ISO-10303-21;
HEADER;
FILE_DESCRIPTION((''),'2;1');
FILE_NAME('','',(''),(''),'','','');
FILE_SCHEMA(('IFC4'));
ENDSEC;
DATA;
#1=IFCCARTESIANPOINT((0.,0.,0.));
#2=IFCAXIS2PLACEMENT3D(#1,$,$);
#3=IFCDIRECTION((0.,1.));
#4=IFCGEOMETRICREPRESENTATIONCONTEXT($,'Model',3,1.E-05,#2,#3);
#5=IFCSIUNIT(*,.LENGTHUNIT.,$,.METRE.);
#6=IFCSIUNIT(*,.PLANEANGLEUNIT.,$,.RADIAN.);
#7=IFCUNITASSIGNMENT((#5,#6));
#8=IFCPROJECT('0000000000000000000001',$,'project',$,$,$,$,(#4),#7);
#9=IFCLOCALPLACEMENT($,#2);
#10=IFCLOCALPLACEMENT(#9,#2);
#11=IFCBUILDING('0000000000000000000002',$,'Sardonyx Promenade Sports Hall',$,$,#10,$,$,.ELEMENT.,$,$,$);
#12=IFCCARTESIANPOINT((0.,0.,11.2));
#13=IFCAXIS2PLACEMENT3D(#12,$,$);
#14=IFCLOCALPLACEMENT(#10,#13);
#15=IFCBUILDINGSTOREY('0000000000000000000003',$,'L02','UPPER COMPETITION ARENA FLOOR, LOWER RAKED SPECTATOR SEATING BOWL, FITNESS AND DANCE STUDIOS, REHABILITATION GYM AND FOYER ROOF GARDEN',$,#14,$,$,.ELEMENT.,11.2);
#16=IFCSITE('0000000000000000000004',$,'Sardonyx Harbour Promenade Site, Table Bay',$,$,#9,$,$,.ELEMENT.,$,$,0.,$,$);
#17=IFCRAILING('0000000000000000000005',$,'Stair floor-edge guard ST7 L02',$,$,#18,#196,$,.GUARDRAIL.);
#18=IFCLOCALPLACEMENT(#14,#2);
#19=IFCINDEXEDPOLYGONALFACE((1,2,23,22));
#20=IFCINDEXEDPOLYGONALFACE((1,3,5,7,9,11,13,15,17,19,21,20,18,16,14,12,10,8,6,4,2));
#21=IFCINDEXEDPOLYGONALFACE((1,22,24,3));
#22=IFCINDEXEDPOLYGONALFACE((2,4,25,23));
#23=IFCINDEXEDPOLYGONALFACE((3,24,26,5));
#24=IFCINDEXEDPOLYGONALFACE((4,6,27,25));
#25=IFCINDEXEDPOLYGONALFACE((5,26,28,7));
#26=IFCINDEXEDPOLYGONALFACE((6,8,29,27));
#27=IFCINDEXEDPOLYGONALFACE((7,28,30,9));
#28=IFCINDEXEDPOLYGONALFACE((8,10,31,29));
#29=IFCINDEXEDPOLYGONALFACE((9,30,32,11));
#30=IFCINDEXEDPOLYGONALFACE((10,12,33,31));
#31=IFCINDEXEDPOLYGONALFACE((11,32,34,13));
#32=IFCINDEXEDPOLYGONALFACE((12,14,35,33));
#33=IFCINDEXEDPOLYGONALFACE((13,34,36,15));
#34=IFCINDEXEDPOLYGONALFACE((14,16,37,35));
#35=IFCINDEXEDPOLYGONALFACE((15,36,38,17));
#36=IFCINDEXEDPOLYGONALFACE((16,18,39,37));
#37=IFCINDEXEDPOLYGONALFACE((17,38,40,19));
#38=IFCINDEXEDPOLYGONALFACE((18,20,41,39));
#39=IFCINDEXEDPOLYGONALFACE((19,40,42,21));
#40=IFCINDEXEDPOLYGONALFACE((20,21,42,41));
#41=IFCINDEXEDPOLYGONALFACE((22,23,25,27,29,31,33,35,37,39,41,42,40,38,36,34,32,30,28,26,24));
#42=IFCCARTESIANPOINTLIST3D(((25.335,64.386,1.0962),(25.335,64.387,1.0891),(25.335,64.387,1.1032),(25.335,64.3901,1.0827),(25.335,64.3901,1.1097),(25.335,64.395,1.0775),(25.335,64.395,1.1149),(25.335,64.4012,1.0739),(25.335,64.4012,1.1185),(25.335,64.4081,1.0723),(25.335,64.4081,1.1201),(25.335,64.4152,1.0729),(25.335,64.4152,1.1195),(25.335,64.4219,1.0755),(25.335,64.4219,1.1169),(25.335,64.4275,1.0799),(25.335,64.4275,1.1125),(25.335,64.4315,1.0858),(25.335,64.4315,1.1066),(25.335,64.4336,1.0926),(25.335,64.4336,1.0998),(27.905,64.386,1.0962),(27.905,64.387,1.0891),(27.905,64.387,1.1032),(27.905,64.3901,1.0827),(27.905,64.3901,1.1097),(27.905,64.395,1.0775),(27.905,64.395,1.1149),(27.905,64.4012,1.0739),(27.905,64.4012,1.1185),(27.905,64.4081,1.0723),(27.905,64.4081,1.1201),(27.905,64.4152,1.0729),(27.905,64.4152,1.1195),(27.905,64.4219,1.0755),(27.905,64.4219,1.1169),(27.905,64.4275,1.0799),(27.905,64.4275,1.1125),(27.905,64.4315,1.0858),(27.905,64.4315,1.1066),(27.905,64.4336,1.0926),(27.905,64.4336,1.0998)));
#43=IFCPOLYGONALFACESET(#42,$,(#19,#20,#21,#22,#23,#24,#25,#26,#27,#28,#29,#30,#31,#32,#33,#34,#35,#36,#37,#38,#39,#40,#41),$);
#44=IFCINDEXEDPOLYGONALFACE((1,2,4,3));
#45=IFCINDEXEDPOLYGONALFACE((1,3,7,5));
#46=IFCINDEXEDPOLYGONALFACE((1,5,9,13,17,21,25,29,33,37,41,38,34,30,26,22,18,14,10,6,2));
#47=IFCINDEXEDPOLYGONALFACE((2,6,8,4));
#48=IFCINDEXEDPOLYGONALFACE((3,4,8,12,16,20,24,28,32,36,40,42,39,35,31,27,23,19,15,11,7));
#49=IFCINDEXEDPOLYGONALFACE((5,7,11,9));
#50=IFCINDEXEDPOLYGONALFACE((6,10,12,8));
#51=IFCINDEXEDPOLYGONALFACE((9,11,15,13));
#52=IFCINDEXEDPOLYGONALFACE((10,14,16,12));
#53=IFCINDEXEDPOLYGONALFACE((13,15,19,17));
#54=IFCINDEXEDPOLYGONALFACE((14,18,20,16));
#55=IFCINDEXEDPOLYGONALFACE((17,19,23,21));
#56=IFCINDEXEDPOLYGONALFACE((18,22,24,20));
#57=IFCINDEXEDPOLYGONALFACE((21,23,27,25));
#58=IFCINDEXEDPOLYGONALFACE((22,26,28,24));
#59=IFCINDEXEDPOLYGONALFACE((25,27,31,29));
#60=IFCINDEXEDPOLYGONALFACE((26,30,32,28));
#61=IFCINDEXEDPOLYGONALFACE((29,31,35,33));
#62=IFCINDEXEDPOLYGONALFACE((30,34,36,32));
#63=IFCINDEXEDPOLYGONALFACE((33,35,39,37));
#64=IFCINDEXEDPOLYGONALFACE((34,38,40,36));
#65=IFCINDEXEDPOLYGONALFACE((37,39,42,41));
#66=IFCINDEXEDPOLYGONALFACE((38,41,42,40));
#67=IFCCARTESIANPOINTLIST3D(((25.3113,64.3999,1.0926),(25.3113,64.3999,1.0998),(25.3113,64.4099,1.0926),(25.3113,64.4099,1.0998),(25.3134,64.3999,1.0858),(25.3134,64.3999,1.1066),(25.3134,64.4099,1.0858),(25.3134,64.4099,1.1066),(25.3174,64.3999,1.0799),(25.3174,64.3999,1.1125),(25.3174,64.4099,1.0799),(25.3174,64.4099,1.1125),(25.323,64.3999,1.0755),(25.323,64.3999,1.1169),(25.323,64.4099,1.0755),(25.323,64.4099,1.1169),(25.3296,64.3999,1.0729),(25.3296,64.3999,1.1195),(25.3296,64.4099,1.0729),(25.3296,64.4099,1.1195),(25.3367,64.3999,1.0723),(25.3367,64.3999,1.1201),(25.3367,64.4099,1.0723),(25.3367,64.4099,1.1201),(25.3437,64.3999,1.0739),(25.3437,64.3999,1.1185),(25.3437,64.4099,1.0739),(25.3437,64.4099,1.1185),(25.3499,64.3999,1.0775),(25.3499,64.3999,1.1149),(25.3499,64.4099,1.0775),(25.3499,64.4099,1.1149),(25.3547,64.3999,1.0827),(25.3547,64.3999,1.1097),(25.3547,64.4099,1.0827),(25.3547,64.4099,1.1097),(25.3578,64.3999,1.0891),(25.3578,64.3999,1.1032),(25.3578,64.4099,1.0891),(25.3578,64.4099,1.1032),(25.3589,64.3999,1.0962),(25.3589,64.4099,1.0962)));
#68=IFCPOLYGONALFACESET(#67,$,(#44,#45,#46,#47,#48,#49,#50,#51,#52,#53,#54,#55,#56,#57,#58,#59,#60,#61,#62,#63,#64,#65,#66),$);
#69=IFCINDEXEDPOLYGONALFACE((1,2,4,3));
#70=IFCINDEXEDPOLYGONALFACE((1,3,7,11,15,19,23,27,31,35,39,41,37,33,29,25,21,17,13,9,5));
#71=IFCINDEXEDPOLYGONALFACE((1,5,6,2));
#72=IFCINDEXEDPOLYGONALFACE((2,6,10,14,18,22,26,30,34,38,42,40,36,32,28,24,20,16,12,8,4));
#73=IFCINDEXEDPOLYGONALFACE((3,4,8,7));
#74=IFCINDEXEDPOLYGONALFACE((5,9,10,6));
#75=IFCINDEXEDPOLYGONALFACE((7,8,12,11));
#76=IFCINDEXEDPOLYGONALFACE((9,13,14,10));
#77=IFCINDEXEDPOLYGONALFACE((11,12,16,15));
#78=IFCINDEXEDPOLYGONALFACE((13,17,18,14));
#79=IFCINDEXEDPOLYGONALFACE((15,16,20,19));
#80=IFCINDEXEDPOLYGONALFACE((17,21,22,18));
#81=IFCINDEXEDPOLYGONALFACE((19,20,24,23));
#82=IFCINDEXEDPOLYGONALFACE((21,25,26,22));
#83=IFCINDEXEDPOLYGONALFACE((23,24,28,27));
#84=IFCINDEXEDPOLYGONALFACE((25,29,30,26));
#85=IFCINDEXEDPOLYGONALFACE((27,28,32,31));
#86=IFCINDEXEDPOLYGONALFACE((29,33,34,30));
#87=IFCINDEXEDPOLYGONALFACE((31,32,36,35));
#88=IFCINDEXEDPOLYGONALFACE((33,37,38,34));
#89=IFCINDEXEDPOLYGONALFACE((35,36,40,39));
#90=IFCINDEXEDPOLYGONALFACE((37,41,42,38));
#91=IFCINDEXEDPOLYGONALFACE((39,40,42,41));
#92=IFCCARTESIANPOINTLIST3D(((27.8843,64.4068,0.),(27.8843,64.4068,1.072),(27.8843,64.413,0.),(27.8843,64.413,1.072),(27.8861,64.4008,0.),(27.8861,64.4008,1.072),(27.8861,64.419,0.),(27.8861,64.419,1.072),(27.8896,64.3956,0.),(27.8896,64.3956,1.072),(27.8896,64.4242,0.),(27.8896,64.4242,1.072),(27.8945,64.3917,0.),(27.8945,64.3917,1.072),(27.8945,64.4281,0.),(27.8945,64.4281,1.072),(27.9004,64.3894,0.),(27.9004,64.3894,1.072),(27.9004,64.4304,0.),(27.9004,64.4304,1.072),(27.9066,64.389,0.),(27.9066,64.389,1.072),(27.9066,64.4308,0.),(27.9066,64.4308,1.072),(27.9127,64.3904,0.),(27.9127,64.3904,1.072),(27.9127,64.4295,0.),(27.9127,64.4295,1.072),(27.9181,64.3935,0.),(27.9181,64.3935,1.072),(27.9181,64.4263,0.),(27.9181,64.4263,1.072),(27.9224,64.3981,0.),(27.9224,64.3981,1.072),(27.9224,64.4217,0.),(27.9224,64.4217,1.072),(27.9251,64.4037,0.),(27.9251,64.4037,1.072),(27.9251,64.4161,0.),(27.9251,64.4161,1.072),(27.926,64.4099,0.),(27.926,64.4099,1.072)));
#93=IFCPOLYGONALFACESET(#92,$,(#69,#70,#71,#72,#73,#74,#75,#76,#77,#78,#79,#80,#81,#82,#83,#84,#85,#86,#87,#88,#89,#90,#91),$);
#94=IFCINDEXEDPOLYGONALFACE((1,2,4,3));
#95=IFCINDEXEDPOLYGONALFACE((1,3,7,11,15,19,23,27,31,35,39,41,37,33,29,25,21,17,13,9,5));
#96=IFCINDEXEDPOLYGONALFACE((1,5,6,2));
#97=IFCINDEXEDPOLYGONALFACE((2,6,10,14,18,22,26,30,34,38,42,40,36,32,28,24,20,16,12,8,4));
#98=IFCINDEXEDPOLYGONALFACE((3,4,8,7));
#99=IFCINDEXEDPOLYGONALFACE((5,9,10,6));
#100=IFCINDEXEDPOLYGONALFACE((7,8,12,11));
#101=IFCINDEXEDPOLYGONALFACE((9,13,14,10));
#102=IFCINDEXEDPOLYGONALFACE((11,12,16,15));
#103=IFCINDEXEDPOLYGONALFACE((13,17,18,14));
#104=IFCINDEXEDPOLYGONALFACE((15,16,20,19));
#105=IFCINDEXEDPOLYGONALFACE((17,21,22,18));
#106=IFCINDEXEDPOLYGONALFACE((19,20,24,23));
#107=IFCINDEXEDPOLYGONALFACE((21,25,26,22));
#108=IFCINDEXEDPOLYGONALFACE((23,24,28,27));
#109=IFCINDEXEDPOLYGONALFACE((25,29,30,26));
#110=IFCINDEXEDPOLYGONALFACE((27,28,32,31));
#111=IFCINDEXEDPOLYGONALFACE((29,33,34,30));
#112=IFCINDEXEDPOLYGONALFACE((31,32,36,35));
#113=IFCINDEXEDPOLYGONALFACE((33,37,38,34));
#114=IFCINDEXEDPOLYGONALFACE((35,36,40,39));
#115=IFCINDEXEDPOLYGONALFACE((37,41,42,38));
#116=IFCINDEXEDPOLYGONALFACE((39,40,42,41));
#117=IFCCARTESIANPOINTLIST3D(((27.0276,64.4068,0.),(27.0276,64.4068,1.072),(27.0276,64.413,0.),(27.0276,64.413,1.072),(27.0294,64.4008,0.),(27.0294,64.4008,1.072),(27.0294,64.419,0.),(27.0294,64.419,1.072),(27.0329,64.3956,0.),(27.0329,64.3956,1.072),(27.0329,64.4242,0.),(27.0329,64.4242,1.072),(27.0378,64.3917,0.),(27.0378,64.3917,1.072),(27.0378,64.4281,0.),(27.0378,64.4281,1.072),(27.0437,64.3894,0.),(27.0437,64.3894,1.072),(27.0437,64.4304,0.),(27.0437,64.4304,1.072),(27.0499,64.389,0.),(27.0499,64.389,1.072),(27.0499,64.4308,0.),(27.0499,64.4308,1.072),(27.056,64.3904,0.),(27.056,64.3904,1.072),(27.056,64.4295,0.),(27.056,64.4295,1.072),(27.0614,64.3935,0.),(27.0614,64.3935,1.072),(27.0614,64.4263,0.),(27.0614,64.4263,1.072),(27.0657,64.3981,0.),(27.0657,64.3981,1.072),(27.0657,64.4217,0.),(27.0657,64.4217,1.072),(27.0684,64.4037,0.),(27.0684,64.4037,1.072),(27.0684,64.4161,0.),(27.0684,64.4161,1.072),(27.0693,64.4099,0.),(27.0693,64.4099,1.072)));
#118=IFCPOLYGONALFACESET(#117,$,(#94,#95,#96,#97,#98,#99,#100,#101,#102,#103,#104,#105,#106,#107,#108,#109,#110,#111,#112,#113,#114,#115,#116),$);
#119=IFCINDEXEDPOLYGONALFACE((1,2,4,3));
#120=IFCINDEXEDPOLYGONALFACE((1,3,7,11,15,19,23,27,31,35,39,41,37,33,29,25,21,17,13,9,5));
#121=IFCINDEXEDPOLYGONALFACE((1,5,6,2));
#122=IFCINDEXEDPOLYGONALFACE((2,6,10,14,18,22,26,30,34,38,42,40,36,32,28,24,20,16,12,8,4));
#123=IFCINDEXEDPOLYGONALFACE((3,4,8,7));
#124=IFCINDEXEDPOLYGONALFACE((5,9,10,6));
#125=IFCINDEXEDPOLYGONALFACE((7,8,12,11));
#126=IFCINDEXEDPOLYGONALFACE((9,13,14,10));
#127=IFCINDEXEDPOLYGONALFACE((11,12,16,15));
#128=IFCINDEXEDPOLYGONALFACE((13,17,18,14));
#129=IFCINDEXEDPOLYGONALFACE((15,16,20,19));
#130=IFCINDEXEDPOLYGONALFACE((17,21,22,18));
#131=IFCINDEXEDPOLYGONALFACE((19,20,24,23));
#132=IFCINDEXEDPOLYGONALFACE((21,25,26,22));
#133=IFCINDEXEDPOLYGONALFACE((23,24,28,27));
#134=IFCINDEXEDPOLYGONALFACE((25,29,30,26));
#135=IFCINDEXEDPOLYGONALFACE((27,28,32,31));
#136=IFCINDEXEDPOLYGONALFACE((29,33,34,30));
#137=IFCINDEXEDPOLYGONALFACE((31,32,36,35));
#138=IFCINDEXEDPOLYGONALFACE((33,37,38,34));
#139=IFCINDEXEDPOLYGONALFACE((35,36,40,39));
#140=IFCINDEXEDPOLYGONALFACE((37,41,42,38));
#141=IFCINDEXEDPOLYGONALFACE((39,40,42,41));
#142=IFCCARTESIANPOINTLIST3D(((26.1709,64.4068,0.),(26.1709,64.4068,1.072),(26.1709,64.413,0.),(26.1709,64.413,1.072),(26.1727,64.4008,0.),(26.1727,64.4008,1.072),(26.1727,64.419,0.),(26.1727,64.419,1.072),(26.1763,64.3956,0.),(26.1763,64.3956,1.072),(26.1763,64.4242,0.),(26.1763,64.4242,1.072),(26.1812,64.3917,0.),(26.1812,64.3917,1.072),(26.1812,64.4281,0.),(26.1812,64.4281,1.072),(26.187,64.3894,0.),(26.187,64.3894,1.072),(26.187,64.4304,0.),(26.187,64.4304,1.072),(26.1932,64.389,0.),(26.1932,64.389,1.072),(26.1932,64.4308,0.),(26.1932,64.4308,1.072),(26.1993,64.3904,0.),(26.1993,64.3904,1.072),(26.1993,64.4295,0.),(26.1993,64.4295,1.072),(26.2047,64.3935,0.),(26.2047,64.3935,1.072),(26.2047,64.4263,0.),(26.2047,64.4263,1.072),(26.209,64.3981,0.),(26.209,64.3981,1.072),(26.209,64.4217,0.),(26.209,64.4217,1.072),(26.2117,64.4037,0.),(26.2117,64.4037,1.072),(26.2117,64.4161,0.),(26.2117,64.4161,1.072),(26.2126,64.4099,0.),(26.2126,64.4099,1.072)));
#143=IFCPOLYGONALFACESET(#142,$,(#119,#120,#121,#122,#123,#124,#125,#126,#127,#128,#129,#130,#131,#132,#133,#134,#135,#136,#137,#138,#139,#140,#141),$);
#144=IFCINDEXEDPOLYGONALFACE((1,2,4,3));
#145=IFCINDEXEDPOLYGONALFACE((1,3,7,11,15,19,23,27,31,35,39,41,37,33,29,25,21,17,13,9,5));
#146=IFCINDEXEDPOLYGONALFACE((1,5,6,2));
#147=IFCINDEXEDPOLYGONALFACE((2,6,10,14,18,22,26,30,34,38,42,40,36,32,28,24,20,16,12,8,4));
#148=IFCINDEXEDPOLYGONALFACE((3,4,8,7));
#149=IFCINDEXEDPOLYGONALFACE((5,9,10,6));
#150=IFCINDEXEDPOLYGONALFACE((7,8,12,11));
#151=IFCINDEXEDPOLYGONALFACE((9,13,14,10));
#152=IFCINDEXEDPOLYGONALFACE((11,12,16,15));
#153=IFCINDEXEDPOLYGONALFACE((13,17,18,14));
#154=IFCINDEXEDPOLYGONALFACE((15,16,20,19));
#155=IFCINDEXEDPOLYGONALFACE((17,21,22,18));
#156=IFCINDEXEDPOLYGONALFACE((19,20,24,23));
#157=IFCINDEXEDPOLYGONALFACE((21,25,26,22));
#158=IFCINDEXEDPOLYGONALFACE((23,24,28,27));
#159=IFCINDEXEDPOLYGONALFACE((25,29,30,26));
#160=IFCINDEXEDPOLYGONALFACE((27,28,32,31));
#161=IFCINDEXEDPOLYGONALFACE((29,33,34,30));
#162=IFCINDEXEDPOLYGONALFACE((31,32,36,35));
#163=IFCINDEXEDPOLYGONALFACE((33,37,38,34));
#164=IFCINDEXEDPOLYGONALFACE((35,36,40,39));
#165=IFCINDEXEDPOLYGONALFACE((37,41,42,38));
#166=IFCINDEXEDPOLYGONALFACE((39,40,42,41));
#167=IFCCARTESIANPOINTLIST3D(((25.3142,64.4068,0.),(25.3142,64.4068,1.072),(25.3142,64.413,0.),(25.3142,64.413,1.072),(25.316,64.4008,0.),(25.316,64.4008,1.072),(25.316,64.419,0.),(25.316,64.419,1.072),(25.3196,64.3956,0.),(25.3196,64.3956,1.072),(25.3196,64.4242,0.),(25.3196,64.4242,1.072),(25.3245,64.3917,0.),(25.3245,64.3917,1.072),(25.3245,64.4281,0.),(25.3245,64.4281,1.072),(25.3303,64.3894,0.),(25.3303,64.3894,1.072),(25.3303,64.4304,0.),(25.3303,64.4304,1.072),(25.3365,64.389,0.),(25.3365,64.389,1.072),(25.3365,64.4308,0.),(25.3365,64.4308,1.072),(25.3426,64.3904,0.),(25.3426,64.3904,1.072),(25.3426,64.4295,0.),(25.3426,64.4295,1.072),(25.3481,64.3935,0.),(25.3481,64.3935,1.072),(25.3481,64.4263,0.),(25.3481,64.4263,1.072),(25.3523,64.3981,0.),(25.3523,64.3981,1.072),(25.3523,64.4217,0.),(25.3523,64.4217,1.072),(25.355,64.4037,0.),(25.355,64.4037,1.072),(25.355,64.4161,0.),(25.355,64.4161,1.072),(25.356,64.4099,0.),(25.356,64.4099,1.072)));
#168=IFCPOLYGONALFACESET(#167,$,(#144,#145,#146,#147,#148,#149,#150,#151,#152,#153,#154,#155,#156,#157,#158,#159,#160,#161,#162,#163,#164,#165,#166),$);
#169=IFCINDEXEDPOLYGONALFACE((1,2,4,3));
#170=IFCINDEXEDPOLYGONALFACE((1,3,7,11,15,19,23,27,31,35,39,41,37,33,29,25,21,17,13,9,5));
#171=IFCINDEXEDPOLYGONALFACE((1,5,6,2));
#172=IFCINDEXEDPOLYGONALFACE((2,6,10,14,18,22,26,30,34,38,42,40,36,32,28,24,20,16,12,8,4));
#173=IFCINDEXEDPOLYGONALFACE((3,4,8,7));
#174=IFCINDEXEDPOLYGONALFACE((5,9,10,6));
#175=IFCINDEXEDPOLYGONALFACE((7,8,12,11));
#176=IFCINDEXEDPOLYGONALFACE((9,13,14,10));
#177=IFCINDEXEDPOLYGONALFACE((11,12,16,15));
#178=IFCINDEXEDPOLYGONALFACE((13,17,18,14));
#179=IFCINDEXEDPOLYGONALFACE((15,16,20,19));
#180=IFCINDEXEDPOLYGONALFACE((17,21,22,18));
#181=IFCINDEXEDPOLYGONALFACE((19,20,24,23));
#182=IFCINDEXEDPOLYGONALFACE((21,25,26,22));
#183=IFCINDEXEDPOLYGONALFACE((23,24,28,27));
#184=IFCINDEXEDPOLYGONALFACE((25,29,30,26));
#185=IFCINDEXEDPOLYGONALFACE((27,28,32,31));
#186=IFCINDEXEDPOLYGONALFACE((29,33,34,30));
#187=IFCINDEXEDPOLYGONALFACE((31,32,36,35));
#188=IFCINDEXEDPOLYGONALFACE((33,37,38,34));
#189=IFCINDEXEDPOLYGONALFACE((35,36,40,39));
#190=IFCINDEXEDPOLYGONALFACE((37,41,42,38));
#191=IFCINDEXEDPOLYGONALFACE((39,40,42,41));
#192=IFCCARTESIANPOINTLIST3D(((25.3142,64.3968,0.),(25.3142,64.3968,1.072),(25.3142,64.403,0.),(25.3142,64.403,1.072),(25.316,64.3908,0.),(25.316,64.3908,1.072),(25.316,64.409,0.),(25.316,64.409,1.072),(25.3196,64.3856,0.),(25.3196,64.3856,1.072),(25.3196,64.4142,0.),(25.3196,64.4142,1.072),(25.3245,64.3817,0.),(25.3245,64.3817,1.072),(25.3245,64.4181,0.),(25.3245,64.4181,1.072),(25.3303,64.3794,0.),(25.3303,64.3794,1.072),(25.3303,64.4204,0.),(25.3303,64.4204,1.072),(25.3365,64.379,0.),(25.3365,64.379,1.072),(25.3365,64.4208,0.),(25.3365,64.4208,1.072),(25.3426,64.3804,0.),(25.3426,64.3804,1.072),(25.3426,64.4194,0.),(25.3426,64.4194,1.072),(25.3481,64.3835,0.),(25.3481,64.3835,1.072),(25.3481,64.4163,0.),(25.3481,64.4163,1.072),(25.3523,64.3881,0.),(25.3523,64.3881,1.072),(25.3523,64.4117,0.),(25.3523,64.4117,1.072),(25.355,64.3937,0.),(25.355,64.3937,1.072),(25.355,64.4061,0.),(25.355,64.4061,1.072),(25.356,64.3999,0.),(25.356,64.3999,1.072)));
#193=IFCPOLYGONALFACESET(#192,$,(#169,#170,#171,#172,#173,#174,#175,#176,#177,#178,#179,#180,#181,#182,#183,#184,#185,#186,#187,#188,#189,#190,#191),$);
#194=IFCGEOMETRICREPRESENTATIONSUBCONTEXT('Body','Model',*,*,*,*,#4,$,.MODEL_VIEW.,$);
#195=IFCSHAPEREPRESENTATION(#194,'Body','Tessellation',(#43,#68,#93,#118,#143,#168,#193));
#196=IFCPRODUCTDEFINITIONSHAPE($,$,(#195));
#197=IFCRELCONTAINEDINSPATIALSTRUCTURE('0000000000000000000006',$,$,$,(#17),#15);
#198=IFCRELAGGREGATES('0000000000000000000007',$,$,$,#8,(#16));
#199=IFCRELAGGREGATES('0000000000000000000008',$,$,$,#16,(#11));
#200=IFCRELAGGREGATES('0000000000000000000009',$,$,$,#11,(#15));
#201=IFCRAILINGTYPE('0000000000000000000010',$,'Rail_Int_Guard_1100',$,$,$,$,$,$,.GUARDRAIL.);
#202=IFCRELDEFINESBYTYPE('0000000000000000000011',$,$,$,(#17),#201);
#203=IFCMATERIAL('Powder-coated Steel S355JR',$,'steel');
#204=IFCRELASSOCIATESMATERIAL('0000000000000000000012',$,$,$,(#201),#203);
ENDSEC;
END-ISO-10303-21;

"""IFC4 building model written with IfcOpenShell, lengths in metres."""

from ifc_helpers import new_model, si_unit, direction, frame, origin, origin_2d, place, context, subcontext, project, spatial, circle, extrude, material, type_object, element, save


model = new_model("IFC4")

# Units and contexts
model_context = context("Model", 3, precision=1e-05, world=origin(), true_north=direction((0.0, 1.0)))
body_context = subcontext(model_context, "Body", "Model", "MODEL_VIEW")
ifc_project = project(units=[si_unit("LENGTHUNIT", "METRE"), si_unit("PLANEANGLEUNIT", "RADIAN")], contexts=[model_context])

# Site, building, storey
site_placement = place(None, origin())
site = spatial("IfcSite", under=ifc_project, at=site_placement, Name="Sardonyx Harbour Promenade Site, Table Bay", CompositionType="ELEMENT", RefElevation=0.0)
building_placement = place(site_placement, origin())
building = spatial("IfcBuilding", under=site, at=building_placement, Name="Sardonyx Promenade Sports Hall", CompositionType="ELEMENT")
storey_placement = place(building_placement, frame((0.0, 0.0, 11.2)))
storey = spatial("IfcBuildingStorey", under=building, at=storey_placement, Name="L02", Description="UPPER COMPETITION ARENA FLOOR, LOWER RAKED SPECTATOR SEATING BOWL, FITNESS AND DANCE STUDIOS, REHABILITATION GYM AND FOYER ROOF GARDEN", CompositionType="ELEMENT", Elevation=11.2)

# Railing
ifc_material_1 = material(Name="Powder-coated Steel S355JR", Category="steel")
railing_type_1 = type_object("IfcRailingType", Name="Rail_Int_Guard_1100", PredefinedType="GUARDRAIL", material=ifc_material_1)
railing_1_placement = place(storey_placement, frame((27.905, 64.4099, 0.0)))
element("IfcRailing", 1, at=railing_1_placement, inside=storey, type_object=railing_type_1, Name="Stair floor-edge guard ST7 L02", PredefinedType="GUARDRAIL", context=body_context, shape_type="SweptSolid", body=[
    extrude(circle(Radius=0.0239, at=origin_2d()), frame((0.0, 0.0, 1.0962), z_axis=(-1.0, 0.0, 0.0), x_axis=(0.0, -1.0, 0.0)), (0.0, 0.0, 1.0), 2.5701),
    extrude(circle(Radius=0.0239, at=origin_2d()), frame((-2.5701, 0.0, 1.0962), z_axis=(0.0, -1.0, 0.0), x_axis=(1.0, 0.0, 0.0)), (0.0, 0.0, 1.0), 0.01),
    extrude(circle(Radius=0.021, at=origin_2d()), origin(), (0.0, 0.0, 1.0), 1.072),
    extrude(circle(Radius=0.021, at=origin_2d()), frame((-0.8567, 0.0, 0.0)), (0.0, 0.0, 1.0), 1.072),
    extrude(circle(Radius=0.021, at=origin_2d()), frame((-1.7134, 0.0, 0.0)), (0.0, 0.0, 1.0), 1.072),
    extrude(circle(Radius=0.021, at=origin_2d()), frame((-2.5701, 0.0, 0.0)), (0.0, 0.0, 1.0), 1.072),
    extrude(circle(Radius=0.021, at=origin_2d()), frame((-2.5701, -0.01, 0.0)), (0.0, 0.0, 1.0), 1.072),
])

save(model, "model.ifc")
